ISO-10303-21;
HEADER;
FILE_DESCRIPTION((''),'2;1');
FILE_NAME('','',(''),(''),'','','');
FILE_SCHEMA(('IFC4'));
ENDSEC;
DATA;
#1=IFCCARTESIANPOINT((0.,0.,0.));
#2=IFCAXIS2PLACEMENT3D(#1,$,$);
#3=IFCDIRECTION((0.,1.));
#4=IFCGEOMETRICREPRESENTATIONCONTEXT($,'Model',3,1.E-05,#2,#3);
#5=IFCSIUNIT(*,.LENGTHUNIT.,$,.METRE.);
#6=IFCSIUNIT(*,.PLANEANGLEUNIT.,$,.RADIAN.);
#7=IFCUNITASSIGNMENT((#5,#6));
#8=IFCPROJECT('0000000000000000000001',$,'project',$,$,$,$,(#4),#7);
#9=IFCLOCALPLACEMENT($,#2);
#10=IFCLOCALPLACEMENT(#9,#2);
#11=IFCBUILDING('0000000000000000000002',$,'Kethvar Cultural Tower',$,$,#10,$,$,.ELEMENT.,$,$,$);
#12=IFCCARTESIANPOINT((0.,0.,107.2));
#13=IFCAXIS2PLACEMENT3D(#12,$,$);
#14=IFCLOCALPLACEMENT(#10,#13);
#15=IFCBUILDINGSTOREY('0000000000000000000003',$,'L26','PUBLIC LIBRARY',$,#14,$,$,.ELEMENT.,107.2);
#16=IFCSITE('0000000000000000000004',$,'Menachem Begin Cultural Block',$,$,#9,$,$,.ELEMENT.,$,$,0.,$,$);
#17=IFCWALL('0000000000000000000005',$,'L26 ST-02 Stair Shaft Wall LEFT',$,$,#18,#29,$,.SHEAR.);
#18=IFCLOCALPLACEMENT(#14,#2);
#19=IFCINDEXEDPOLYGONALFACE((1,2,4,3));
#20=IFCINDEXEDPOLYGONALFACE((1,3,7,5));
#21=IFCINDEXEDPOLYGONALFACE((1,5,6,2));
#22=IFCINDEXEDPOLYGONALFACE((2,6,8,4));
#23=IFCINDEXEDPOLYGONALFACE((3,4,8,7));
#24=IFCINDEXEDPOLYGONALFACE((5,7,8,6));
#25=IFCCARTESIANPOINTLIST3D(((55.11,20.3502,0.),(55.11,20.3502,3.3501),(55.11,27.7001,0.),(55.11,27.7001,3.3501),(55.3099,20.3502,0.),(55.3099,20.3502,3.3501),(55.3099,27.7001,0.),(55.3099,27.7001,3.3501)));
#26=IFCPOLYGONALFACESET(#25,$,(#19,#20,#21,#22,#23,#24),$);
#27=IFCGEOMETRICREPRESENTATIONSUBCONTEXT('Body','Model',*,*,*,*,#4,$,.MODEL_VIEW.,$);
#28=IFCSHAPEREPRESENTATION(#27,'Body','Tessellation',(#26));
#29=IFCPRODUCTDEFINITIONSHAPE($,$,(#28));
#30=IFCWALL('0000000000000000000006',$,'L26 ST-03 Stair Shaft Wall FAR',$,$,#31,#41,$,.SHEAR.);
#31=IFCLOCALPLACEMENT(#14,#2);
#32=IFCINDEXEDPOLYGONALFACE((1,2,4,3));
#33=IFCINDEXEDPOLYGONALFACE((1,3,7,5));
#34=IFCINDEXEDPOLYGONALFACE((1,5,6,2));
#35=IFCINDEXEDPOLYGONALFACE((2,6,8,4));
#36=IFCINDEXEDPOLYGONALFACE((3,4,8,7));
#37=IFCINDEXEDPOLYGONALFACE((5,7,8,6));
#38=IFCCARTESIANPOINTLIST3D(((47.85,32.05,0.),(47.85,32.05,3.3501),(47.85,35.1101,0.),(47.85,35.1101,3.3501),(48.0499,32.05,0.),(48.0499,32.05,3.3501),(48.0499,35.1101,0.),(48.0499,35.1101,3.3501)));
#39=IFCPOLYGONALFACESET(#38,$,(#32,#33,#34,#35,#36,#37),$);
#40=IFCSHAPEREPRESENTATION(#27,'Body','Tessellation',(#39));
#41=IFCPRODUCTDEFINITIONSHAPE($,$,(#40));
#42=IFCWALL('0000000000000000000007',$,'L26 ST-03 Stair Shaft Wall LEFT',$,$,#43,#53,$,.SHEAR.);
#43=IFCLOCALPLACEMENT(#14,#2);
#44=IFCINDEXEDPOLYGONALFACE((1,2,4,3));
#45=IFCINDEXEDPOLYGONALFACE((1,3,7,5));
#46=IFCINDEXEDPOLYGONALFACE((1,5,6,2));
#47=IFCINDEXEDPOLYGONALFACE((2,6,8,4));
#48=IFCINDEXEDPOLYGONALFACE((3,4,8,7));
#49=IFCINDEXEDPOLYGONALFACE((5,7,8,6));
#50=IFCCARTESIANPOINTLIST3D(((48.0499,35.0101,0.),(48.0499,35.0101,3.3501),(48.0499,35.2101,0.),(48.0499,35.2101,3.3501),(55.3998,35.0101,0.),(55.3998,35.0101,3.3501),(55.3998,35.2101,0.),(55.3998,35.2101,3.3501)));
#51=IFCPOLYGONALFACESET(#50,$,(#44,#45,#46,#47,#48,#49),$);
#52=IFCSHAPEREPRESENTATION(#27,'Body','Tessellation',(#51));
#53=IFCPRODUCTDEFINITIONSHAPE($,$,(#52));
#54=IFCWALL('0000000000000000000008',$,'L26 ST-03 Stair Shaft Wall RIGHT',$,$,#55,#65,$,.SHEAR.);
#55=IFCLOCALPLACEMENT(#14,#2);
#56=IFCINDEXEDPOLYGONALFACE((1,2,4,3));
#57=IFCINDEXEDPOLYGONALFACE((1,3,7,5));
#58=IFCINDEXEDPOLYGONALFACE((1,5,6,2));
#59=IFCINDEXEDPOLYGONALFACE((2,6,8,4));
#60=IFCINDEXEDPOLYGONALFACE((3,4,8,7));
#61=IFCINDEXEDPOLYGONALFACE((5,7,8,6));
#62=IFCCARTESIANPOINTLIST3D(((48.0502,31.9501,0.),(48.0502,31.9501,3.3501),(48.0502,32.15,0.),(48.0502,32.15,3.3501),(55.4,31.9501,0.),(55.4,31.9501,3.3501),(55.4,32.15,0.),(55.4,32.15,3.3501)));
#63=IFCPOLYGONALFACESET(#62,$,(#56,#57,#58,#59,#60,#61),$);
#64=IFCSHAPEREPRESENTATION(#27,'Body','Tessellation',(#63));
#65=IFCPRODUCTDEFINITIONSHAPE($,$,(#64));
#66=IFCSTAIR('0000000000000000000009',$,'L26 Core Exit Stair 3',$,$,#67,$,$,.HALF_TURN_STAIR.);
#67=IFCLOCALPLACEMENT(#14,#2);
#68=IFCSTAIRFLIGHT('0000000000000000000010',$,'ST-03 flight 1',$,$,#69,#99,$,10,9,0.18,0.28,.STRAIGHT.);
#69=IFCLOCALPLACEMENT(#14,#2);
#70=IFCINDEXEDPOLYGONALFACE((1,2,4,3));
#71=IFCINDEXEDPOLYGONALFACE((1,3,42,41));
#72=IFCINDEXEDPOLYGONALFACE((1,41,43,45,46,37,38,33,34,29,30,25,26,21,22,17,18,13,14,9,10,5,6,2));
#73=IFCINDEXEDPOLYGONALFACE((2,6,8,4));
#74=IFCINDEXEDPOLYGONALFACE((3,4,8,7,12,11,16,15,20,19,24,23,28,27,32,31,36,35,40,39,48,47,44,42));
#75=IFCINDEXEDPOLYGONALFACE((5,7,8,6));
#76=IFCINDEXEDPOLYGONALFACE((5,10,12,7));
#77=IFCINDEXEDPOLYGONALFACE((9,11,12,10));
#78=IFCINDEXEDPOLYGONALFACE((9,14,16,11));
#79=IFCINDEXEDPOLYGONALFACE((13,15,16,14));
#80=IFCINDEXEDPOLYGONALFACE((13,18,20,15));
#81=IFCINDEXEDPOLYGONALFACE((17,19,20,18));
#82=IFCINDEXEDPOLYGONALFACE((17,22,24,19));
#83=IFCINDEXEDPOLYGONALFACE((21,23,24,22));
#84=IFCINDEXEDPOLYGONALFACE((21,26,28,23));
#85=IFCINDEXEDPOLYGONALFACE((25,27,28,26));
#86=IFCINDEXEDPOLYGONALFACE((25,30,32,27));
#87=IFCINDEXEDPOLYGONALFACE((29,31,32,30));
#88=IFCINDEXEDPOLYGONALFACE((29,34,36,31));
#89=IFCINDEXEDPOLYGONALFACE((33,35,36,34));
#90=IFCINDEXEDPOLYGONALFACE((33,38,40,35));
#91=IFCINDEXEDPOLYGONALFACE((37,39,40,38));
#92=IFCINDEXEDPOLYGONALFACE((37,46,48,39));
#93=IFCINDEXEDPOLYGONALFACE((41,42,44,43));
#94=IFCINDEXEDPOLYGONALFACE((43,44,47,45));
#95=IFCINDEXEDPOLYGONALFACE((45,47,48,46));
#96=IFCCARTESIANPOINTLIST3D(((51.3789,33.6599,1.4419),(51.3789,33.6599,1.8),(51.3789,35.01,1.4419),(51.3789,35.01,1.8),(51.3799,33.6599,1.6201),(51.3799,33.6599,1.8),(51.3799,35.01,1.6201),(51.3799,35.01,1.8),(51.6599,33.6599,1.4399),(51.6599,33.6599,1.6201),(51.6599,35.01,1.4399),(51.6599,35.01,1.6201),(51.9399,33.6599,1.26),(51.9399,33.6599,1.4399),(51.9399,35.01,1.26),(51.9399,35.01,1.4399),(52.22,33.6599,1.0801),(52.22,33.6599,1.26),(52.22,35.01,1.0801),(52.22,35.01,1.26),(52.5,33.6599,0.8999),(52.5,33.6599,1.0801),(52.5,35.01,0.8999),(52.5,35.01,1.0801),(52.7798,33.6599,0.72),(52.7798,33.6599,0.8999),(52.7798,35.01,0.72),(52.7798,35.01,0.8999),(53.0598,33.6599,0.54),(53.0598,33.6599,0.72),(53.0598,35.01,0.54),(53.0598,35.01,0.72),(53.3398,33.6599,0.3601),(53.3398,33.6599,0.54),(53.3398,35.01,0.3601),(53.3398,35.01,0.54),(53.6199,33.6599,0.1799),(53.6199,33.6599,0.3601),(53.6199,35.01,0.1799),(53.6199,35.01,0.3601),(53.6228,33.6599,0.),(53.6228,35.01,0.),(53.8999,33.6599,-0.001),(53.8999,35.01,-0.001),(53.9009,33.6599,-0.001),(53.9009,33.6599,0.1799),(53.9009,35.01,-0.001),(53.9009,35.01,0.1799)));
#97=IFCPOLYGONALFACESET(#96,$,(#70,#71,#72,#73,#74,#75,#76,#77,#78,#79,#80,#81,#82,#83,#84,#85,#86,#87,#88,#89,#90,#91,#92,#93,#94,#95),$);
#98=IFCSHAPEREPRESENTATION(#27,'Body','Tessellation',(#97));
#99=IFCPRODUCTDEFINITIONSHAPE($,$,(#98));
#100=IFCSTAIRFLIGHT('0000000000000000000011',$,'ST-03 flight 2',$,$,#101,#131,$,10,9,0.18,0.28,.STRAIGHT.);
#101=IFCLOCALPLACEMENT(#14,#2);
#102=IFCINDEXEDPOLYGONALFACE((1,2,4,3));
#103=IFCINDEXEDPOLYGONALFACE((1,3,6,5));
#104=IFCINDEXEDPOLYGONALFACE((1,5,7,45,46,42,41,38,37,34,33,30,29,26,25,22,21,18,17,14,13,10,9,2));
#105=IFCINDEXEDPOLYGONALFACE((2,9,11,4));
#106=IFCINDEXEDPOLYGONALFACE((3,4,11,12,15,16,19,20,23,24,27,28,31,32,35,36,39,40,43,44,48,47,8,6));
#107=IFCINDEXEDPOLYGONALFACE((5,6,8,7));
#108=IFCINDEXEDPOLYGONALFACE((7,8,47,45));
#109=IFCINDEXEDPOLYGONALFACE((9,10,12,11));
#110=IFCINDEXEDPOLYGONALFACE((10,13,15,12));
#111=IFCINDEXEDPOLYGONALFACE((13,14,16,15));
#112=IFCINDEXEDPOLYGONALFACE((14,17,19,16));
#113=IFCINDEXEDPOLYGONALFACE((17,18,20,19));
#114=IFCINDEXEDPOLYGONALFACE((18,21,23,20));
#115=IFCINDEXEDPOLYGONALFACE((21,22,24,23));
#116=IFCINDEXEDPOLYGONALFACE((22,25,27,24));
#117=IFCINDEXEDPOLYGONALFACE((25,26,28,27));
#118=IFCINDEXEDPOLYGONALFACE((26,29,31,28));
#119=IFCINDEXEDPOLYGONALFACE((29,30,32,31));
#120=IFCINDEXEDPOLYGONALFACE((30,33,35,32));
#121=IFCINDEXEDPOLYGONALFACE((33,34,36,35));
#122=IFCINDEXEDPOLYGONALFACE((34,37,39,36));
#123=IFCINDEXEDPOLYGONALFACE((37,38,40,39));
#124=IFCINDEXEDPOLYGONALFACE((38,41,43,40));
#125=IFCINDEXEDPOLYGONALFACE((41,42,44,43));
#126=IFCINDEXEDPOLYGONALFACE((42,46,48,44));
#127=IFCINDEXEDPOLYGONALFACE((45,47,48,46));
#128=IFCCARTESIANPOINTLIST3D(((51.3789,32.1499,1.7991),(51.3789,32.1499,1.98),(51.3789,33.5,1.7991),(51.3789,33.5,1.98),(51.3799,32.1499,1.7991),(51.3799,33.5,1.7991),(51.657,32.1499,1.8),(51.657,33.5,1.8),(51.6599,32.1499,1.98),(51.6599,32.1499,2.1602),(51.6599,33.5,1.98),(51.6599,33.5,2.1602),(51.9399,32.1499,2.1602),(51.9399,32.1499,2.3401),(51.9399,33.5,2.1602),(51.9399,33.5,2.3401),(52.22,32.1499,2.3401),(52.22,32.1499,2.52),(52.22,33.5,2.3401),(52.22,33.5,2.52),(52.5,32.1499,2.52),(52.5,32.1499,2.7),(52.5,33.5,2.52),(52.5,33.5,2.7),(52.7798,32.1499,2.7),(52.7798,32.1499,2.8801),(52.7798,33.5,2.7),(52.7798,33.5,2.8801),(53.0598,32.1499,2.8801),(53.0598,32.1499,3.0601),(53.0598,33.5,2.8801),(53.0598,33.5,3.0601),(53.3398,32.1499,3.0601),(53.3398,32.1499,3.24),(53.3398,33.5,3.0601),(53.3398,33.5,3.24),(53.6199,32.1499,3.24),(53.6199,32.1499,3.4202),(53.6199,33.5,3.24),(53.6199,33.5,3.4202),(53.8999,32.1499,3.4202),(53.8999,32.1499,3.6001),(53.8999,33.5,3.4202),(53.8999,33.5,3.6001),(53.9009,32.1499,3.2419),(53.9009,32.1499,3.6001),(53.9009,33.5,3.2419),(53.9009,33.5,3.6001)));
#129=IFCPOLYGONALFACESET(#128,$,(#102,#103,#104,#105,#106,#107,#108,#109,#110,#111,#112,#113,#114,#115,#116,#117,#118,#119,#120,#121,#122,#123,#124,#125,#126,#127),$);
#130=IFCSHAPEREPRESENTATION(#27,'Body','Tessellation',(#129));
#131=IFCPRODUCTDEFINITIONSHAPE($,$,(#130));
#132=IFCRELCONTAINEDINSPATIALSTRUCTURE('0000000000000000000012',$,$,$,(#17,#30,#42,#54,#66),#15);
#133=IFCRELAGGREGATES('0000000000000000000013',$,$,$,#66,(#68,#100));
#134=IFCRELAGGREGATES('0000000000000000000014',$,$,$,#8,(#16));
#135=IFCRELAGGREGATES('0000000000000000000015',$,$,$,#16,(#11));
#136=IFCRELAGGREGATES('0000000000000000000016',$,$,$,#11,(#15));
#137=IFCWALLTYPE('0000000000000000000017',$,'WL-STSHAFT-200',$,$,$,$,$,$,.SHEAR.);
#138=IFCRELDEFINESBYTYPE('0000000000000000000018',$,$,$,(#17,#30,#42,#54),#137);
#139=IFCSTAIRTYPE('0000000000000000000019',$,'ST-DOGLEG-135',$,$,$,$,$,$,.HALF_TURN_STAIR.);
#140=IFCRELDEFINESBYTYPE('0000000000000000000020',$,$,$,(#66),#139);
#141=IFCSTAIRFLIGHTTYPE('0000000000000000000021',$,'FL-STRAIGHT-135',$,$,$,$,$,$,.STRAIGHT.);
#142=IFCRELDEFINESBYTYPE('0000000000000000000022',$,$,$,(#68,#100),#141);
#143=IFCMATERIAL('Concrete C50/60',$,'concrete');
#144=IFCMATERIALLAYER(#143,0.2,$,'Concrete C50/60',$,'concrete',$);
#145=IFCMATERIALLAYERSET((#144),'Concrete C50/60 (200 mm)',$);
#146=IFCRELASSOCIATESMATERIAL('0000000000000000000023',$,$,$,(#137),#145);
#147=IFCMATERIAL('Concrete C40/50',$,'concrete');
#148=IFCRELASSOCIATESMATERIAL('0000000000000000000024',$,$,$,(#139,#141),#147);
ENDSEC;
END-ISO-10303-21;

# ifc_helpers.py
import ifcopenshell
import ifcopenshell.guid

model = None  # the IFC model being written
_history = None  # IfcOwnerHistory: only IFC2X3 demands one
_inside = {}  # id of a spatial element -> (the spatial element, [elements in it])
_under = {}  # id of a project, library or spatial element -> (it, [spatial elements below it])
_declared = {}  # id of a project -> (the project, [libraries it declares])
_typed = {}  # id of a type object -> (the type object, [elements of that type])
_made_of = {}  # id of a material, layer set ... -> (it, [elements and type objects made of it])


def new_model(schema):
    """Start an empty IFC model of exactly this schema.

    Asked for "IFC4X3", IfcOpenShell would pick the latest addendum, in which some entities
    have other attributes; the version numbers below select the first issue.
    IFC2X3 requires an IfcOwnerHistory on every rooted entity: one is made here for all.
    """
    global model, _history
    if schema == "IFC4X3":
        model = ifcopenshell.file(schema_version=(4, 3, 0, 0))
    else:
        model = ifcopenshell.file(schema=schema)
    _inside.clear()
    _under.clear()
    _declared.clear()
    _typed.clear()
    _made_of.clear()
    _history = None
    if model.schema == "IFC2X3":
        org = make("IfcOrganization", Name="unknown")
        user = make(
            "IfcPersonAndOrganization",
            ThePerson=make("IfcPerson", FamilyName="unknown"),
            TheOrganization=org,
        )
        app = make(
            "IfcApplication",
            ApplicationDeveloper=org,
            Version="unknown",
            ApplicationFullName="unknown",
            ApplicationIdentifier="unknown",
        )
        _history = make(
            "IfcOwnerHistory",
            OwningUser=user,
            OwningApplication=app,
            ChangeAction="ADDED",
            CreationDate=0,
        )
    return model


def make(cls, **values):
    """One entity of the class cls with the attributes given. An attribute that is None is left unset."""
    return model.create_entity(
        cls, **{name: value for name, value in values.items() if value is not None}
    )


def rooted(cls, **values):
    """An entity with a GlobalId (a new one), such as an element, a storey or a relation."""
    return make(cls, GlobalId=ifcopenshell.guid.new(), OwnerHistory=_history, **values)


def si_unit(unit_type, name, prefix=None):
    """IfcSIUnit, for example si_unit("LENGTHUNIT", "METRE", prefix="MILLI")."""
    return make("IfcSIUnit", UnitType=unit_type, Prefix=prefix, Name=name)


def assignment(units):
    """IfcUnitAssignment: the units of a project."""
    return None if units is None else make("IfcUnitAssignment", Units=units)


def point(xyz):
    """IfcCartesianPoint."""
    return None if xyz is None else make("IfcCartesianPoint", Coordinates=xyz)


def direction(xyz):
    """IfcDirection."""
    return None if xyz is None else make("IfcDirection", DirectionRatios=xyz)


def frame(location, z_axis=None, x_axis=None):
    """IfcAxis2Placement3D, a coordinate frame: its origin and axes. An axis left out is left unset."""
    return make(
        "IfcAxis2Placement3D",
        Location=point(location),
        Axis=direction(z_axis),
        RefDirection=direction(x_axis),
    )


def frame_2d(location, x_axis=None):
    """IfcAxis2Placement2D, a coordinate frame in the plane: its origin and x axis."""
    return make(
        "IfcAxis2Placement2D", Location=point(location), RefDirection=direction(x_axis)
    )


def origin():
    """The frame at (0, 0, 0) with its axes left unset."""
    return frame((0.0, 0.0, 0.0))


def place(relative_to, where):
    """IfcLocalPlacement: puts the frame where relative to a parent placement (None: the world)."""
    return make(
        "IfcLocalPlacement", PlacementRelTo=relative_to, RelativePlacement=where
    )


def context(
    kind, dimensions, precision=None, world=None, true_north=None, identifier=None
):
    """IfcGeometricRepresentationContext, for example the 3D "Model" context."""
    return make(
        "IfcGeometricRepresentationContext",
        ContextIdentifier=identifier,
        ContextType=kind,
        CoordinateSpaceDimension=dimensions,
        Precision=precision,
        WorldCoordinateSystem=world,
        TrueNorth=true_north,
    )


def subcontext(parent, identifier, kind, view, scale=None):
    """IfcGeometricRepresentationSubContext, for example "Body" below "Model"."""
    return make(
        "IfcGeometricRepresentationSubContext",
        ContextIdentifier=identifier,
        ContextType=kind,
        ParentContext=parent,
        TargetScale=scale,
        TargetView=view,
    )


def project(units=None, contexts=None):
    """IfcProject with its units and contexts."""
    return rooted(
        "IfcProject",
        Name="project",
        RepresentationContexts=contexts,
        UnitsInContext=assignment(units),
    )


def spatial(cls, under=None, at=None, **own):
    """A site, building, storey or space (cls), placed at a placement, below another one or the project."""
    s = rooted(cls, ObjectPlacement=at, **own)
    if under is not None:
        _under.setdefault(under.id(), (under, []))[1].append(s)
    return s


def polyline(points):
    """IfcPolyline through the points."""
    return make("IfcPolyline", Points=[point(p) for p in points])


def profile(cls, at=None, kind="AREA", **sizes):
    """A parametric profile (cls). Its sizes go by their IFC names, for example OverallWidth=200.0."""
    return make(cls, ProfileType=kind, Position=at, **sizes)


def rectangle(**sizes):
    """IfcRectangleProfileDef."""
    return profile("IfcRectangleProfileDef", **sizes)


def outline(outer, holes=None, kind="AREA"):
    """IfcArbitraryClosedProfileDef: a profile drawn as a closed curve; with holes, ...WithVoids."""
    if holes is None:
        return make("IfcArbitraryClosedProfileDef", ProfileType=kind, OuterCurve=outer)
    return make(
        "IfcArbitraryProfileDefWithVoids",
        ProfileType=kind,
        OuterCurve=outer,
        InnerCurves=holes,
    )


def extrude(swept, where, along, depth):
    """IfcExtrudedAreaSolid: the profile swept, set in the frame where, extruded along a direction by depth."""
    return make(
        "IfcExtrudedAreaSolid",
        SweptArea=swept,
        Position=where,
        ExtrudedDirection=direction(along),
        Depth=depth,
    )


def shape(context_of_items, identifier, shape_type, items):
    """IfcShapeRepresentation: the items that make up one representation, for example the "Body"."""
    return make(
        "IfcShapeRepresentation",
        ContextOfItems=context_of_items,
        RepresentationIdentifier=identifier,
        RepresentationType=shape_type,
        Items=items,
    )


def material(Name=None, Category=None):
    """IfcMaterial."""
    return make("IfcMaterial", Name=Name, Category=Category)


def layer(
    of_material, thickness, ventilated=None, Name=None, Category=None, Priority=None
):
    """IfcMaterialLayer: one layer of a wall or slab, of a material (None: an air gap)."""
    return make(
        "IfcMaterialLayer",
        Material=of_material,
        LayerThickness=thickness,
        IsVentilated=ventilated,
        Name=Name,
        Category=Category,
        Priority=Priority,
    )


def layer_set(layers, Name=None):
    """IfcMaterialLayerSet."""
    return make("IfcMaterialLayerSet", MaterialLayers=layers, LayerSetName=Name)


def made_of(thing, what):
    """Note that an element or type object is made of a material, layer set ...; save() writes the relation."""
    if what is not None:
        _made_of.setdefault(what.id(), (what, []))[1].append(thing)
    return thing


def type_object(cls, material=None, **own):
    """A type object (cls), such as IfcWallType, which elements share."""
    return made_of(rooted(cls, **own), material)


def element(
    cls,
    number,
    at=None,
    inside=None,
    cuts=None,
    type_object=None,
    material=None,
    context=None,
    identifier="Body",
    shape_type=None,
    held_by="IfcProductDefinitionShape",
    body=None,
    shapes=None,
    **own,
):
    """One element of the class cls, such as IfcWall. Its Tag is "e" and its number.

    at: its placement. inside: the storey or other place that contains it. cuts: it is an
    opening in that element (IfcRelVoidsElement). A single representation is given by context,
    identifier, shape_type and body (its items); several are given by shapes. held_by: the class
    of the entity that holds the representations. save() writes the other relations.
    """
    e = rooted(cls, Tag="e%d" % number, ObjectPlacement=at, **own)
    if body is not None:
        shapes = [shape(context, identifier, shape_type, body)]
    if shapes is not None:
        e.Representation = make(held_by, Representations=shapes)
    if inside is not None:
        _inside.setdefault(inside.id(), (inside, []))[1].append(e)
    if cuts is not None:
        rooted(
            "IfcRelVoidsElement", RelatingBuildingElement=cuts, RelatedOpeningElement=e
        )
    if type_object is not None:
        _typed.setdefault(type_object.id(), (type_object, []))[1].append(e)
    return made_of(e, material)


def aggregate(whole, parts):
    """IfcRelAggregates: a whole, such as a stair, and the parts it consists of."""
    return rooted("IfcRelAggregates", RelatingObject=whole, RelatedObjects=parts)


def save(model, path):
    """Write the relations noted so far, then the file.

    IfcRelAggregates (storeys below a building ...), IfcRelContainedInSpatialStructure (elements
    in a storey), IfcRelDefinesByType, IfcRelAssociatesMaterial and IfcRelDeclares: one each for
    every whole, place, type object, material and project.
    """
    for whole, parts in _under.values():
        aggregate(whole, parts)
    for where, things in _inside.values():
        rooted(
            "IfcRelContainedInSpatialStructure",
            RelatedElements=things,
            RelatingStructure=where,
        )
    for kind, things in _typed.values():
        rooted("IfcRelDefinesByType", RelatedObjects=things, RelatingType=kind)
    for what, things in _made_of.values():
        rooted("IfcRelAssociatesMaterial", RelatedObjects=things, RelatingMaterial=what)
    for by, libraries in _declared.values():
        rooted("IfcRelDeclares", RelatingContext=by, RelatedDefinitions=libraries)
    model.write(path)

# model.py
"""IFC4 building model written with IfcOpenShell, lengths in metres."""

from ifc_helpers import new_model, si_unit, direction, frame, frame_2d, origin, place, context, subcontext, project, spatial, polyline, rectangle, outline, extrude, material, layer, layer_set, type_object, element, aggregate, save


model = new_model("IFC4")

# Units and contexts
model_context = context("Model", 3, precision=1e-05, world=origin(), true_north=direction((0.0, 1.0)))
body_context = subcontext(model_context, "Body", "Model", "MODEL_VIEW")
ifc_project = project(units=[si_unit("LENGTHUNIT", "METRE"), si_unit("PLANEANGLEUNIT", "RADIAN")], contexts=[model_context])

# Site, building, storey
site_placement = place(None, origin())
site = spatial("IfcSite", under=ifc_project, at=site_placement, Name="Menachem Begin Cultural Block", CompositionType="ELEMENT", RefElevation=0.0)
building_placement = place(site_placement, origin())
building = spatial("IfcBuilding", under=site, at=building_placement, Name="Kethvar Cultural Tower", CompositionType="ELEMENT")
storey_placement = place(building_placement, frame((0.0, 0.0, 107.2)))
storey = spatial("IfcBuildingStorey", under=building, at=storey_placement, Name="L26", Description="PUBLIC LIBRARY", CompositionType="ELEMENT", Elevation=107.2)

# Walls
ifc_material_1 = material(Name="Concrete C40/50", Category="concrete")
ifc_material_2 = material(Name="Concrete C50/60", Category="concrete")
ifc_layer_1 = layer(ifc_material_2, 0.2, Name="Concrete C50/60", Category="concrete")
ifc_layer_set_1 = layer_set([ifc_layer_1], Name="Concrete C50/60 (200 mm)")
wall_type_1 = type_object("IfcWallType", Name="WL-STSHAFT-200", PredefinedType="SHEAR", material=ifc_layer_set_1)
wall_1_placement = place(storey_placement, frame((55.21, 27.7, 0.0), z_axis=(0.0, 0.0, 1.0), x_axis=(0.0, -1.0, 0.0)))
element("IfcWall", 1, at=wall_1_placement, inside=storey, type_object=wall_type_1, Name="L26 ST-02 Stair Shaft Wall LEFT", PredefinedType="SHEAR", context=body_context, shape_type="SweptSolid", body=[
    extrude(rectangle(XDim=7.3499, YDim=0.2, at=frame_2d((3.6748, 0.0))), origin(), (0.0, 0.0, 1.0), 3.3501),
])
wall_2_placement = place(storey_placement, frame((47.95, 32.05, 0.0), z_axis=(0.0, 0.0, 1.0), x_axis=(0.0, 1.0, 0.0)))
element("IfcWall", 2, at=wall_2_placement, inside=storey, type_object=wall_type_1, Name="L26 ST-03 Stair Shaft Wall FAR", PredefinedType="SHEAR", context=body_context, shape_type="SweptSolid", body=[
    extrude(rectangle(XDim=3.0601, YDim=0.2, at=frame_2d((1.53, 0.0))), origin(), (0.0, 0.0, 1.0), 3.3501),
])
for number, where, z_axis, x_axis, name in (
    (3, (48.05, 35.1101, 0.0), (0.0, 0.0, 1.0), (1.0, 0.0, 0.0), "L26 ST-03 Stair Shaft Wall LEFT"),
    (4, (55.3999, 32.05, 0.0), (0.0, 0.0, 1.0), (-1.0, 0.0, 0.0), "L26 ST-03 Stair Shaft Wall RIGHT"),
):
    element("IfcWall", number, at=place(storey_placement, frame(where, z_axis=z_axis, x_axis=x_axis)), inside=storey, type_object=wall_type_1, Name=name, PredefinedType="SHEAR", context=body_context, shape_type="SweptSolid", body=[
        extrude(rectangle(XDim=7.3499, YDim=0.2, at=frame_2d((3.6748, 0.0))), origin(), (0.0, 0.0, 1.0), 3.3501),
    ])

# Stair, stair flights
stair_type = type_object("IfcStairType", Name="ST-DOGLEG-135", PredefinedType="HALF_TURN_STAIR", material=ifc_material_1)
stair_placement = place(storey_placement, origin())
stair = element("IfcStair", 5, at=stair_placement, inside=storey, type_object=stair_type, Name="L26 Core Exit Stair 3", PredefinedType="HALF_TURN_STAIR")
stair_flight_type = type_object("IfcStairFlightType", Name="FL-STRAIGHT-135", PredefinedType="STRAIGHT", material=ifc_material_1)
stair_flight_1_placement = place(storey_placement, frame((53.8999, 34.335, 0.0), z_axis=(0.0, 0.0, 1.0), x_axis=(-1.0, 0.0, 0.0)))
stair_flight_1 = element("IfcStairFlight", 6, at=stair_flight_1_placement, type_object=stair_flight_type, Name="ST-03 flight 1", NumberOfRisers=10, NumberOfTreads=9, PredefinedType="STRAIGHT", RiserHeight=0.18, TreadLength=0.28, context=body_context, shape_type="SweptSolid", body=[
    extrude(outline(polyline([(-0.001, -0.001), (-0.001, 0.1799), (0.28, 0.1799), (0.28, 0.3601), (0.5601, 0.3601), (0.5601, 0.54), (0.8401, 0.54), (0.8401, 0.72), (1.1201, 0.72), (1.1201, 0.8999), (1.3999, 0.8999), (1.3999, 1.0801), (1.6799, 1.0801), (1.6799, 1.26), (1.96, 1.26), (1.96, 1.4399), (2.24, 1.4399), (2.24, 1.6201), (2.52, 1.6201), (2.52, 1.8), (2.521, 1.8), (2.521, 1.4419), (0.2771, 0.0), (0.0, -0.001), (-0.001, -0.001)])), frame((0.0, 0.675, 0.0), z_axis=(0.0, -1.0, 0.0), x_axis=(1.0, 0.0, 0.0)), (0.0, 0.0, 1.0), 1.3501),
])
stair_flight_2_placement = place(storey_placement, frame((51.3799, 32.825, 1.8), z_axis=(0.0, 0.0, 1.0), x_axis=(1.0, 0.0, 0.0)))
stair_flight_2 = element("IfcStairFlight", 7, at=stair_flight_2_placement, type_object=stair_flight_type, Name="ST-03 flight 2", NumberOfRisers=10, NumberOfTreads=9, PredefinedType="STRAIGHT", RiserHeight=0.18, TreadLength=0.28, context=body_context, shape_type="SweptSolid", body=[
    extrude(outline(polyline([(-0.001, -0.001), (-0.001, 0.1799), (0.28, 0.1799), (0.28, 0.3601), (0.5601, 0.3601), (0.5601, 0.54), (0.8401, 0.54), (0.8401, 0.72), (1.1201, 0.72), (1.1201, 0.8999), (1.3999, 0.8999), (1.3999, 1.0801), (1.6799, 1.0801), (1.6799, 1.26), (1.96, 1.26), (1.96, 1.4399), (2.24, 1.4399), (2.24, 1.6201), (2.52, 1.6201), (2.52, 1.8), (2.521, 1.8), (2.521, 1.4419), (0.2771, 0.0), (0.0, -0.001), (-0.001, -0.001)])), frame((0.0, 0.675, 0.0), z_axis=(0.0, -1.0, 0.0), x_axis=(1.0, 0.0, 0.0)), (0.0, 0.0, 1.0), 1.3501),
])
aggregate(stair, [stair_flight_1, stair_flight_2])

save(model, "model.ifc")
